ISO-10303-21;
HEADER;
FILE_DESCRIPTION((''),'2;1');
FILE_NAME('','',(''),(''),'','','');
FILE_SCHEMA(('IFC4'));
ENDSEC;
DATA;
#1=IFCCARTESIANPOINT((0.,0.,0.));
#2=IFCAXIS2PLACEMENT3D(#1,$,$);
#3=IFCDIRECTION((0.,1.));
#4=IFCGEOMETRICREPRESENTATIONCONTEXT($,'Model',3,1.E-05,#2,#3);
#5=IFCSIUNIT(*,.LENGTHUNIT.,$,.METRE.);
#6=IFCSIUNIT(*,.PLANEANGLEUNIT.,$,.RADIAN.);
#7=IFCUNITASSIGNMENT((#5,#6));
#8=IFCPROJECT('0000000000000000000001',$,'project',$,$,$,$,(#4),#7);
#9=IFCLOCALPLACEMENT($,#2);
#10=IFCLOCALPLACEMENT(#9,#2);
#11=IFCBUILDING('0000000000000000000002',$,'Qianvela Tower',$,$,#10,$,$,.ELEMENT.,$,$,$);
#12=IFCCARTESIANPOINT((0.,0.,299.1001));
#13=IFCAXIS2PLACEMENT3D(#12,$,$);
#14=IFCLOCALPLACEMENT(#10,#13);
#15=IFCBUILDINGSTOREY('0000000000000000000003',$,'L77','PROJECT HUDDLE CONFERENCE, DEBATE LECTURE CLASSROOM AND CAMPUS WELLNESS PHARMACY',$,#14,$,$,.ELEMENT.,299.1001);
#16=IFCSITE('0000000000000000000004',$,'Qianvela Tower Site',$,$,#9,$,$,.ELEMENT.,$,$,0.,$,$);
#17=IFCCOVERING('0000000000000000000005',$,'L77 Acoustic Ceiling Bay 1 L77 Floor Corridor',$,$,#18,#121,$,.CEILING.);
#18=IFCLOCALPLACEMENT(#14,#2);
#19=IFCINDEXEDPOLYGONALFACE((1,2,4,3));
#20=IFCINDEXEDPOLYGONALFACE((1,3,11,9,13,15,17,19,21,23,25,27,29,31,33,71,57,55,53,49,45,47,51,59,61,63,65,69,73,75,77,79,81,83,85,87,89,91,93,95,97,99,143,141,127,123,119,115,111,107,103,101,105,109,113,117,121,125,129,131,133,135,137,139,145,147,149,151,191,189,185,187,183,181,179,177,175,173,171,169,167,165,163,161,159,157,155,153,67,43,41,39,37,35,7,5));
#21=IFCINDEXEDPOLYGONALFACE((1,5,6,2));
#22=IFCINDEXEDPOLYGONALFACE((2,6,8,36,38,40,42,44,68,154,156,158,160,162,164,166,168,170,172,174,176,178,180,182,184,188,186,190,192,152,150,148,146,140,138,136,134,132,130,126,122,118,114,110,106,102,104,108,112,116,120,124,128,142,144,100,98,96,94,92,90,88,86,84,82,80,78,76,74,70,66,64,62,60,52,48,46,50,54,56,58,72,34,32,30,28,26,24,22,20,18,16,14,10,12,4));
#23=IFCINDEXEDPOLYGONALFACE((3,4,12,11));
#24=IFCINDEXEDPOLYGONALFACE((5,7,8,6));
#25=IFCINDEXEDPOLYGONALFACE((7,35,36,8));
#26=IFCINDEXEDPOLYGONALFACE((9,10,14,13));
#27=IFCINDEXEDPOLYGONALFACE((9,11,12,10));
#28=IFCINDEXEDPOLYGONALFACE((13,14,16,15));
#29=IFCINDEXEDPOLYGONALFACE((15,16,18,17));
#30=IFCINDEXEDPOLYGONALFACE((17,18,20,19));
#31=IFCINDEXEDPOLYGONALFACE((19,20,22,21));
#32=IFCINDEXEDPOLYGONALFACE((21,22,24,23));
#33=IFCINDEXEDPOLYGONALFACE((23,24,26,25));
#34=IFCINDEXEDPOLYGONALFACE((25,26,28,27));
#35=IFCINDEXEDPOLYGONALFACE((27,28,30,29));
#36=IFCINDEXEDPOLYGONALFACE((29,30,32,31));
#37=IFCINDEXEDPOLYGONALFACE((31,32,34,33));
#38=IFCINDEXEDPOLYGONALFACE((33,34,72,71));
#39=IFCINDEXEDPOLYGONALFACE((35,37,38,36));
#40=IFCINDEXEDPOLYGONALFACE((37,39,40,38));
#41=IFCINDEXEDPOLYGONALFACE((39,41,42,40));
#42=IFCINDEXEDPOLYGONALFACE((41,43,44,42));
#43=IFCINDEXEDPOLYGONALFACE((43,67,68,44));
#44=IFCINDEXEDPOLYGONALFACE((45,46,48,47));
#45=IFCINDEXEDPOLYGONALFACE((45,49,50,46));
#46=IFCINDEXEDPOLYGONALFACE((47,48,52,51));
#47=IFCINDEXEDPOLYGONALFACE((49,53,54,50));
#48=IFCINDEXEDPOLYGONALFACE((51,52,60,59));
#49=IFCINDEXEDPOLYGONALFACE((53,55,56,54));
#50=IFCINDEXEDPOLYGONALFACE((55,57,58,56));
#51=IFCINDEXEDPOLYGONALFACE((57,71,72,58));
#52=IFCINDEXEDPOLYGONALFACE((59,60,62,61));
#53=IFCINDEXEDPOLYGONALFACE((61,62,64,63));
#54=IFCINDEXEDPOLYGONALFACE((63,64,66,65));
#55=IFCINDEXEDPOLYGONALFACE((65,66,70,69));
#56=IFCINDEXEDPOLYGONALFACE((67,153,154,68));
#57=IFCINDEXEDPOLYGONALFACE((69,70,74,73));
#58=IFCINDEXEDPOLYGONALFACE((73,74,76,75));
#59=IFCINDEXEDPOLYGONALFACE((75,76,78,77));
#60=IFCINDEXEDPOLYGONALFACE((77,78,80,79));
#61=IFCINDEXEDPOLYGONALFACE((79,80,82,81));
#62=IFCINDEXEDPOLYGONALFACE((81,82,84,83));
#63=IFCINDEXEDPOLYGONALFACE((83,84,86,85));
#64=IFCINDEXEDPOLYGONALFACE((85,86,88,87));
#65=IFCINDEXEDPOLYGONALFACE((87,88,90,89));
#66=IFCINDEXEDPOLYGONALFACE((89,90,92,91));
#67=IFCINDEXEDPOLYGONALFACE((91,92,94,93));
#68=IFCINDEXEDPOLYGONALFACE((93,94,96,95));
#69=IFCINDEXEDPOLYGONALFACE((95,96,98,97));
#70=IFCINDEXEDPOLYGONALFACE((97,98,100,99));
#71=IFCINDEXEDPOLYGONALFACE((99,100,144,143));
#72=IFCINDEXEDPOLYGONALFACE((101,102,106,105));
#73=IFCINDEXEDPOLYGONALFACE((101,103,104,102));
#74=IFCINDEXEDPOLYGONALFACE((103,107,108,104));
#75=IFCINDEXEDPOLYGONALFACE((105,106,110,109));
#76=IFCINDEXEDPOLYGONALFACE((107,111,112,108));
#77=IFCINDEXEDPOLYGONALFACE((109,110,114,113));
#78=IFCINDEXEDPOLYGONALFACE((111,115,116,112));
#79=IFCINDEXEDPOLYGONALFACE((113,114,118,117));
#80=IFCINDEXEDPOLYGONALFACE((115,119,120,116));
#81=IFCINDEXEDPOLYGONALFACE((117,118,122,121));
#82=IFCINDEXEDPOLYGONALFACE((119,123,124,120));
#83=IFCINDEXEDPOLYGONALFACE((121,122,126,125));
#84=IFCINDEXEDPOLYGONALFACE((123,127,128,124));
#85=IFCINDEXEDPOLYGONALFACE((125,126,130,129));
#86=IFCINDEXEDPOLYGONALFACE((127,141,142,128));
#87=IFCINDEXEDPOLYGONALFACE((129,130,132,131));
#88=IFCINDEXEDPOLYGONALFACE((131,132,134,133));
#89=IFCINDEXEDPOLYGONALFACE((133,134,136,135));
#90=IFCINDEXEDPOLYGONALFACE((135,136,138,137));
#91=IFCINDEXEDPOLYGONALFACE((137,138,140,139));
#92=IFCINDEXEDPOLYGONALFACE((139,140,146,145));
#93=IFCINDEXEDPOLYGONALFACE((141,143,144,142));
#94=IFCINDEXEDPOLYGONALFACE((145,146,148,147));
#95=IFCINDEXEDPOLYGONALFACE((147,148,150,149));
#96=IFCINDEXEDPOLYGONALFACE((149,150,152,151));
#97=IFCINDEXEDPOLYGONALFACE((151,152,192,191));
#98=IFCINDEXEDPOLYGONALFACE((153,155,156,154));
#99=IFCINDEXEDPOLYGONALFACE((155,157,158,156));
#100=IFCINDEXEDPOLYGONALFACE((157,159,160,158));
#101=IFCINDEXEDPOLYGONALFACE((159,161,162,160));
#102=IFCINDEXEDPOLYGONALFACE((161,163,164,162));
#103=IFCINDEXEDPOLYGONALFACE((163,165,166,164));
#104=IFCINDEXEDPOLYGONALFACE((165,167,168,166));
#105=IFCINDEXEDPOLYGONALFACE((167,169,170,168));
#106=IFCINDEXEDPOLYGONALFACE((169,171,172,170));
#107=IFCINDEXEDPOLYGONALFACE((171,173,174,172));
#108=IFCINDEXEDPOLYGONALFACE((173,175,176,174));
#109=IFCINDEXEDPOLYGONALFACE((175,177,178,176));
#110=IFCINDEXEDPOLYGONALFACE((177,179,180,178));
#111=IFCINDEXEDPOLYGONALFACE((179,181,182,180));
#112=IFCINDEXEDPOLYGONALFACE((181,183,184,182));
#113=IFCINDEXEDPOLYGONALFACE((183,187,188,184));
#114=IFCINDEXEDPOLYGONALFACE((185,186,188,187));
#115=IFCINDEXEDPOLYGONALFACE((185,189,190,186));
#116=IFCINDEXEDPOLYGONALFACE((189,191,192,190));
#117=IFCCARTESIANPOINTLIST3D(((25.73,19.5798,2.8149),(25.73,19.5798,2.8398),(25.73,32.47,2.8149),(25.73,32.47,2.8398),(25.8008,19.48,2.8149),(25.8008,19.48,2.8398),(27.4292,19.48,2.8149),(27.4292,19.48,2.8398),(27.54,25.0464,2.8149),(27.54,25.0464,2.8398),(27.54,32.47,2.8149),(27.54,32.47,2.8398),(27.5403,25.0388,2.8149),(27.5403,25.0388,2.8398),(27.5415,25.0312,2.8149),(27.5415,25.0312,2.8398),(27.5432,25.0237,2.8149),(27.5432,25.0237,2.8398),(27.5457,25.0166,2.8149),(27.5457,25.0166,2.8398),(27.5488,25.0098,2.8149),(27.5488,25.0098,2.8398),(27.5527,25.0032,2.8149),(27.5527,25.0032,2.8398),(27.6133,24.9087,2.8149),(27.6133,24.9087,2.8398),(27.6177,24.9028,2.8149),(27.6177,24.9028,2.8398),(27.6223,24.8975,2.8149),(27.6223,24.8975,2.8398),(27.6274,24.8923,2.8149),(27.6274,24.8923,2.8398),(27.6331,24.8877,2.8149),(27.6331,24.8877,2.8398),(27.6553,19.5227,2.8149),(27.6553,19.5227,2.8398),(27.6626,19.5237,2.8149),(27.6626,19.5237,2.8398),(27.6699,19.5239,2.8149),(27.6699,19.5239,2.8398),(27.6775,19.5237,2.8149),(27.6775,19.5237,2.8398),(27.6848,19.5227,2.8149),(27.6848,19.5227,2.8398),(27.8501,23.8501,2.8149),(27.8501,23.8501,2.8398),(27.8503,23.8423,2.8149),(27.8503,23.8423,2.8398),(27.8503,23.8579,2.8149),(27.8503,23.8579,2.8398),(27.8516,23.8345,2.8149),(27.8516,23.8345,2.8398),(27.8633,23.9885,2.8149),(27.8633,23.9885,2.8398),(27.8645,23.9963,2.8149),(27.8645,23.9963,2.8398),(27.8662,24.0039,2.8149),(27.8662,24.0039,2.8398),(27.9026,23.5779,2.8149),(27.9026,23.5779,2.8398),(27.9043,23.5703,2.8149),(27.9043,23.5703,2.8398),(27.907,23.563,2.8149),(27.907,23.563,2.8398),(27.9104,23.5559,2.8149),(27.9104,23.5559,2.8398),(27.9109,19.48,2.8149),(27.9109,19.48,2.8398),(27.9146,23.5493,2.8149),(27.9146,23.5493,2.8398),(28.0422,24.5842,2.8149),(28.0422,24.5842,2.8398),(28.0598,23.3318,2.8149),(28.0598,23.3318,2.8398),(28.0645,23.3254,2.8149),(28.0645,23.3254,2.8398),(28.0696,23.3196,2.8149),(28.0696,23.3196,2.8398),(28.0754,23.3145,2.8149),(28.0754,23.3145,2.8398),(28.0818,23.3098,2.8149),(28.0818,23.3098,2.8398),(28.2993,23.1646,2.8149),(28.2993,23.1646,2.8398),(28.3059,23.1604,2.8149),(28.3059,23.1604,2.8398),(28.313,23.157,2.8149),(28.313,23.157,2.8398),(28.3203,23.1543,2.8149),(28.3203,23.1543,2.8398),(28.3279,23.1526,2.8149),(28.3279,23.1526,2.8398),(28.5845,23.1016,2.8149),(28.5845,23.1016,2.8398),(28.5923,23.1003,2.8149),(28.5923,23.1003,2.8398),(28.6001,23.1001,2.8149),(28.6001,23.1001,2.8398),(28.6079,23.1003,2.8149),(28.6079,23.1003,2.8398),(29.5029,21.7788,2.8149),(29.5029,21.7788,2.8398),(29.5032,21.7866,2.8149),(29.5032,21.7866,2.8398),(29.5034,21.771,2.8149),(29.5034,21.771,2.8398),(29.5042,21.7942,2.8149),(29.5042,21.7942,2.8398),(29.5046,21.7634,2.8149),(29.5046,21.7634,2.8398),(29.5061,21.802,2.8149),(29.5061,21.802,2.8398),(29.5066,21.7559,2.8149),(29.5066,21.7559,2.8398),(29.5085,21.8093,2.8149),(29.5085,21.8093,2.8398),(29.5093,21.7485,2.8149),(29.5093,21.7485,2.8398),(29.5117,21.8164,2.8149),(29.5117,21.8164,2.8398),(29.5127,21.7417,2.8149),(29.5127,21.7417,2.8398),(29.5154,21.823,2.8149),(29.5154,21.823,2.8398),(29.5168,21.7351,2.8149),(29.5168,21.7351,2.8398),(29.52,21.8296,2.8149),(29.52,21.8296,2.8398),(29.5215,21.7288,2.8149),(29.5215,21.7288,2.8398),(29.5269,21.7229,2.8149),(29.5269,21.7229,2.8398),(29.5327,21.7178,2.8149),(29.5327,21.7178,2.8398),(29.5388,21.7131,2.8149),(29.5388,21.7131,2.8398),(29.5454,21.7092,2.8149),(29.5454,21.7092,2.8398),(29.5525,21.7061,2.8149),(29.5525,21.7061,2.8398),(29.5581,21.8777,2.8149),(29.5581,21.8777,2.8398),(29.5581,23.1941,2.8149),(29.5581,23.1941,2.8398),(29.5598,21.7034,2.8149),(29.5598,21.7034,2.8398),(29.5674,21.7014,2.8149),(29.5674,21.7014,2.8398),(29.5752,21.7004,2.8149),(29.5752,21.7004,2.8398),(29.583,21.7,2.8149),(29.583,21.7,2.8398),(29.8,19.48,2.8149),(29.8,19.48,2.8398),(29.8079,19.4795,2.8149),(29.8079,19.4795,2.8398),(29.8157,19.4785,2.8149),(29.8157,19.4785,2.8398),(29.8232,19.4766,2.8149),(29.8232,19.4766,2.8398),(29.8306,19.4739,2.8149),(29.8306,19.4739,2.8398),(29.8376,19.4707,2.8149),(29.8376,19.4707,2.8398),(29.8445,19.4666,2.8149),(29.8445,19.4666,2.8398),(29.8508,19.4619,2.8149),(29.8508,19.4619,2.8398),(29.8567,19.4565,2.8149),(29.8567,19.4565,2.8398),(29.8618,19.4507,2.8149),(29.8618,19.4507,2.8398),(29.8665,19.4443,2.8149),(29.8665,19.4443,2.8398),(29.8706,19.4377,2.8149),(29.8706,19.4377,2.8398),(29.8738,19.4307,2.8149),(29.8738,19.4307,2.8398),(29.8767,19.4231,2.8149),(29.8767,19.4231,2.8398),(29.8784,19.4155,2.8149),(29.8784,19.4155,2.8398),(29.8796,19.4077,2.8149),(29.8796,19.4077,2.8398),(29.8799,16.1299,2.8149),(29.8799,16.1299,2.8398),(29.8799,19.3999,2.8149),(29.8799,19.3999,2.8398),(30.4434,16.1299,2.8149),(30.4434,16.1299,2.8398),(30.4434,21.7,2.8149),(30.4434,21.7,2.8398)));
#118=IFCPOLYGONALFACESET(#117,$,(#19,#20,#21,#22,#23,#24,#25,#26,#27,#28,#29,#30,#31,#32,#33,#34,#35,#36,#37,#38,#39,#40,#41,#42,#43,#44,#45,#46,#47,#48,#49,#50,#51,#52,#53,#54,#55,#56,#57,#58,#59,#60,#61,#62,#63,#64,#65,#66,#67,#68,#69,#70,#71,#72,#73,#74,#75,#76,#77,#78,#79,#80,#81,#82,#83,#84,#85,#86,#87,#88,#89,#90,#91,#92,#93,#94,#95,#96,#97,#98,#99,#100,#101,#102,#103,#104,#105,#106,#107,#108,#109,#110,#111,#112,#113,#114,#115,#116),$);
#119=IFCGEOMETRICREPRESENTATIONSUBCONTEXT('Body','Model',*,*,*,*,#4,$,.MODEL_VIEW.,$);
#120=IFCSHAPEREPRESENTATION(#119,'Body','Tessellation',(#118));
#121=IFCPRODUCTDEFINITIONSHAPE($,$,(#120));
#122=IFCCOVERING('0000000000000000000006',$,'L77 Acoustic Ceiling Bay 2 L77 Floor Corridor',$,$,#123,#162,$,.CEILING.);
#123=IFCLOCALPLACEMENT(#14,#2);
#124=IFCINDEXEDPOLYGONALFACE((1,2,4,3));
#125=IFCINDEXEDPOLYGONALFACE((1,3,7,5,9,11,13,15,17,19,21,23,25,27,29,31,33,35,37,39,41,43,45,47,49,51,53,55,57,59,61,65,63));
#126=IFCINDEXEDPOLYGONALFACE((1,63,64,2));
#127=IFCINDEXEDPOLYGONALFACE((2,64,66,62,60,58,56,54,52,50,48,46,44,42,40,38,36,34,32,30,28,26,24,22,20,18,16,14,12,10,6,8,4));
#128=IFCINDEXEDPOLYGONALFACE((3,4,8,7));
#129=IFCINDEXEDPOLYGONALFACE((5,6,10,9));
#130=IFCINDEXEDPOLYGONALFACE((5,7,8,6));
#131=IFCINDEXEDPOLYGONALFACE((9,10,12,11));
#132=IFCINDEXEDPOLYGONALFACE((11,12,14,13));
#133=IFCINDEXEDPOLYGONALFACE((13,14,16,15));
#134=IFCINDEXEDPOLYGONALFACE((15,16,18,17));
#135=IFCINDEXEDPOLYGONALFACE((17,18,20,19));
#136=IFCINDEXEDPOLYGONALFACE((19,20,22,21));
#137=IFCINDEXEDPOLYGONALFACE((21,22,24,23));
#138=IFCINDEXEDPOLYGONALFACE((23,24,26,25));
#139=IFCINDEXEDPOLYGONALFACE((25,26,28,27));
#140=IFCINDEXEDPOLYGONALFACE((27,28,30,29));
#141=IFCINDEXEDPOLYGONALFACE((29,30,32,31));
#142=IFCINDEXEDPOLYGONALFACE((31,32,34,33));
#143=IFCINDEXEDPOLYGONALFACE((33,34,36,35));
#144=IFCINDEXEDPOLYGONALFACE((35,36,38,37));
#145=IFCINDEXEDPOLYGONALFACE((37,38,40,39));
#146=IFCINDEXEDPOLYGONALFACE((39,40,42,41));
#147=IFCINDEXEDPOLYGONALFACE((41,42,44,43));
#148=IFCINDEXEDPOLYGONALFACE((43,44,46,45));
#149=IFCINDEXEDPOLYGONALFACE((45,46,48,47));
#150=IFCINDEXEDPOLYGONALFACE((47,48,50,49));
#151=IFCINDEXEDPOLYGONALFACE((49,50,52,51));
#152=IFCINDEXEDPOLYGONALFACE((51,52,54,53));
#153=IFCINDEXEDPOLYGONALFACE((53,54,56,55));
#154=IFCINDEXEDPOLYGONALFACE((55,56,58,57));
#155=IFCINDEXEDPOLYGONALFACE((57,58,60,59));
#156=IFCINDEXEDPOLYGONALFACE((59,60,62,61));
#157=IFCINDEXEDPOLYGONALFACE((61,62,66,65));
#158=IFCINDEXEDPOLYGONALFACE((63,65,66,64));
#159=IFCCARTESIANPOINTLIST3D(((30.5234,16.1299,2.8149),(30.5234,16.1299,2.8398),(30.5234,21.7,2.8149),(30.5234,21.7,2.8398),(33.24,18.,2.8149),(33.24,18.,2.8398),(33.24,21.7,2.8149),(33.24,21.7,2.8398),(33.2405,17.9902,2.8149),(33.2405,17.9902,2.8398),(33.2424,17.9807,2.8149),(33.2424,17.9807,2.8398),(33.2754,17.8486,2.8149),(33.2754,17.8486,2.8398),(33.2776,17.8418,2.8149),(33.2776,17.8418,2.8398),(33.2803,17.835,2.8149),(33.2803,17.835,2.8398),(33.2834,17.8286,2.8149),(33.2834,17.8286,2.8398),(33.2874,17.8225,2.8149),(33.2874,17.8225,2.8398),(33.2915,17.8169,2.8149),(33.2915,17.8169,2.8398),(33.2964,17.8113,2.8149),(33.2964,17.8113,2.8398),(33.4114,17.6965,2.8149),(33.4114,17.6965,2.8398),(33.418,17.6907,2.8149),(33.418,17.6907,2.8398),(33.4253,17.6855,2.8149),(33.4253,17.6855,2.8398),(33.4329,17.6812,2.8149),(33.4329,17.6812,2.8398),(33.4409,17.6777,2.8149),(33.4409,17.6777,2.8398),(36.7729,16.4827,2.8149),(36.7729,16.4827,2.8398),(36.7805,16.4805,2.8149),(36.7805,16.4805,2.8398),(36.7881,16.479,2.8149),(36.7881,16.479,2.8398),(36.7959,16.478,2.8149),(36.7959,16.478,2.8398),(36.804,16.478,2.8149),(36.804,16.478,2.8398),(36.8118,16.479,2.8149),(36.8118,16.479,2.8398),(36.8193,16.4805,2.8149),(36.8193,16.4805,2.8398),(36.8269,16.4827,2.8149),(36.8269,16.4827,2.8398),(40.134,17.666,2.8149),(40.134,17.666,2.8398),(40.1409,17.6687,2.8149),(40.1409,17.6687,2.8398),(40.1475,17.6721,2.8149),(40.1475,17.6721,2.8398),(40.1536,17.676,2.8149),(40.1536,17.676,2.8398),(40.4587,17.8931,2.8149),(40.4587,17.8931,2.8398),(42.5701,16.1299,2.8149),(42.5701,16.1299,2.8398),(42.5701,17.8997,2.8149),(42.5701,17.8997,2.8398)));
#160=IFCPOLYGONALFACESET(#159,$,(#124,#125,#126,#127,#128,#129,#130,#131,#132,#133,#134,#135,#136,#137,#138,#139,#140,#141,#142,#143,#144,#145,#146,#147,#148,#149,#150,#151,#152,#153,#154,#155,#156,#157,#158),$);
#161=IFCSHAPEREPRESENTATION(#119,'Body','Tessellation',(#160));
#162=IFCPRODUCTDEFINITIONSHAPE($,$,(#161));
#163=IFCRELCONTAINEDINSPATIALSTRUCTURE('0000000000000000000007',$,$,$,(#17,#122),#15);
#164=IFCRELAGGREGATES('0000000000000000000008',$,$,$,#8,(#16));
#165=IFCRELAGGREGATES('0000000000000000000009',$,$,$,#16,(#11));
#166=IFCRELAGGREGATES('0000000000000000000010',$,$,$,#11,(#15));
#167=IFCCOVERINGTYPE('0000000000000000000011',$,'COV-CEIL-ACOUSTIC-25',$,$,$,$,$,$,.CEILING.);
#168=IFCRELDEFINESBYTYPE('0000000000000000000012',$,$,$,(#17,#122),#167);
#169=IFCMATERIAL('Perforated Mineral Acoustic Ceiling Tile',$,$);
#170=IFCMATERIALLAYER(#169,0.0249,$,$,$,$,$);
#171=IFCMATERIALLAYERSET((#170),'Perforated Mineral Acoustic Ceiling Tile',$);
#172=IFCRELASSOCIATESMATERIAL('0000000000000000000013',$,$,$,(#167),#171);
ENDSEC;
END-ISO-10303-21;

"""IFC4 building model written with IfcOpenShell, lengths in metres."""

from ifc_helpers import new_model, si_unit, direction, frame, origin, place, context, subcontext, project, spatial, polyline, outline, extrude, material, layer, layer_set, type_object, element, save


model = new_model("IFC4")

# Units and contexts
model_context = context("Model", 3, precision=1e-05, world=origin(), true_north=direction((0.0, 1.0)))
body_context = subcontext(model_context, "Body", "Model", "MODEL_VIEW")
ifc_project = project(units=[si_unit("LENGTHUNIT", "METRE"), si_unit("PLANEANGLEUNIT", "RADIAN")], contexts=[model_context])

# Site, building, storey
site_placement = place(None, origin())
site = spatial("IfcSite", under=ifc_project, at=site_placement, Name="Qianvela Tower Site", CompositionType="ELEMENT", RefElevation=0.0)
building_placement = place(site_placement, origin())
building = spatial("IfcBuilding", under=site, at=building_placement, Name="Qianvela Tower", CompositionType="ELEMENT")
storey_placement = place(building_placement, frame((0.0, 0.0, 299.1001)))
storey = spatial("IfcBuildingStorey", under=building, at=storey_placement, Name="L77", Description="PROJECT HUDDLE CONFERENCE, DEBATE LECTURE CLASSROOM AND CAMPUS WELLNESS PHARMACY", CompositionType="ELEMENT", Elevation=299.1001)

# Coverings
ifc_material_1 = material(Name="Perforated Mineral Acoustic Ceiling Tile")
ifc_layer_1 = layer(ifc_material_1, 0.0249)
ifc_layer_set_1 = layer_set([ifc_layer_1], Name="Perforated Mineral Acoustic Ceiling Tile")
covering_type_1 = type_object("IfcCoveringType", Name="COV-CEIL-ACOUSTIC-25", PredefinedType="CEILING", material=ifc_layer_set_1)
covering_1_placement = place(storey_placement, frame((0.0, 0.0, 2.8149)))
element("IfcCovering", 1, at=covering_1_placement, inside=storey, type_object=covering_type_1, Name="L77 Acoustic Ceiling Bay 1 L77 Floor Corridor", PredefinedType="CEILING", context=body_context, shape_type="SweptSolid", body=[
    extrude(outline(polyline([(27.54, 32.47), (27.54, 25.0464), (27.5403, 25.0388), (27.5415, 25.0312), (27.5432, 25.0237), (27.5457, 25.0166), (27.5488, 25.0098), (27.5527, 25.0032), (27.6133, 24.9087), (27.6177, 24.9028), (27.6223, 24.8975), (27.6274, 24.8923), (27.6331, 24.8877), (28.0422, 24.5842), (27.8662, 24.0039), (27.8645, 23.9963), (27.8633, 23.9885), (27.8503, 23.8579), (27.8501, 23.8501), (27.8503, 23.8423), (27.8516, 23.8345), (27.9026, 23.5779), (27.9043, 23.5703), (27.907, 23.563), (27.9104, 23.5559), (27.9146, 23.5493), (28.0598, 23.3318), (28.0645, 23.3254), (28.0696, 23.3196), (28.0754, 23.3145), (28.0818, 23.3098), (28.2993, 23.1646), (28.3059, 23.1604), (28.313, 23.157), (28.3203, 23.1543), (28.3279, 23.1526), (28.5845, 23.1016), (28.5923, 23.1003), (28.6001, 23.1001), (28.6079, 23.1003), (29.5581, 23.1941), (29.5581, 21.8777), (29.52, 21.8296), (29.5154, 21.823), (29.5117, 21.8164), (29.5085, 21.8093), (29.5061, 21.802), (29.5042, 21.7942), (29.5032, 21.7866), (29.5029, 21.7788), (29.5034, 21.771), (29.5046, 21.7634), (29.5066, 21.7559), (29.5093, 21.7485), (29.5127, 21.7417), (29.5168, 21.7351), (29.5215, 21.7288), (29.5269, 21.7229), (29.5327, 21.7178), (29.5388, 21.7131), (29.5454, 21.7092), (29.5525, 21.7061), (29.5598, 21.7034), (29.5674, 21.7014), (29.5752, 21.7004), (29.583, 21.7), (30.4434, 21.7), (30.4434, 16.1299), (29.8799, 16.1299), (29.8799, 19.3999), (29.8796, 19.4077), (29.8784, 19.4155), (29.8767, 19.4231), (29.8738, 19.4307), (29.8706, 19.4377), (29.8665, 19.4443), (29.8618, 19.4507), (29.8567, 19.4565), (29.8508, 19.4619), (29.8445, 19.4666), (29.8376, 19.4707), (29.8306, 19.4739), (29.8232, 19.4766), (29.8157, 19.4785), (29.8079, 19.4795), (29.8, 19.48), (27.9109, 19.48), (27.6848, 19.5227), (27.6775, 19.5237), (27.6699, 19.5239), (27.6626, 19.5237), (27.6553, 19.5227), (27.4292, 19.48), (25.8008, 19.48), (25.73, 19.5798), (25.73, 32.47), (27.54, 32.47)])), origin(), (0.0, 0.0, 1.0), 0.0249),
])
covering_2_placement = place(storey_placement, frame((0.0, 0.0, 2.8149)))
element("IfcCovering", 2, at=covering_2_placement, inside=storey, type_object=covering_type_1, Name="L77 Acoustic Ceiling Bay 2 L77 Floor Corridor", PredefinedType="CEILING", context=body_context, shape_type="SweptSolid", body=[
    extrude(outline(polyline([(33.24, 21.7), (33.24, 18.0), (33.2405, 17.9902), (33.2424, 17.9807), (33.2754, 17.8486), (33.2776, 17.8418), (33.2803, 17.835), (33.2834, 17.8286), (33.2874, 17.8225), (33.2915, 17.8169), (33.2964, 17.8113), (33.4114, 17.6965), (33.418, 17.6907), (33.4253, 17.6855), (33.4329, 17.6812), (33.4409, 17.6777), (36.7729, 16.4827), (36.7805, 16.4805), (36.7881, 16.479), (36.7959, 16.478), (36.804, 16.478), (36.8118, 16.479), (36.8193, 16.4805), (36.8269, 16.4827), (40.134, 17.666), (40.1409, 17.6687), (40.1475, 17.6721), (40.1536, 17.676), (40.4587, 17.8931), (42.5701, 17.8997), (42.5701, 16.1299), (30.5234, 16.1299), (30.5234, 21.7), (33.24, 21.7)])), origin(), (0.0, 0.0, 1.0), 0.0249),
])

save(model, "model.ifc")
